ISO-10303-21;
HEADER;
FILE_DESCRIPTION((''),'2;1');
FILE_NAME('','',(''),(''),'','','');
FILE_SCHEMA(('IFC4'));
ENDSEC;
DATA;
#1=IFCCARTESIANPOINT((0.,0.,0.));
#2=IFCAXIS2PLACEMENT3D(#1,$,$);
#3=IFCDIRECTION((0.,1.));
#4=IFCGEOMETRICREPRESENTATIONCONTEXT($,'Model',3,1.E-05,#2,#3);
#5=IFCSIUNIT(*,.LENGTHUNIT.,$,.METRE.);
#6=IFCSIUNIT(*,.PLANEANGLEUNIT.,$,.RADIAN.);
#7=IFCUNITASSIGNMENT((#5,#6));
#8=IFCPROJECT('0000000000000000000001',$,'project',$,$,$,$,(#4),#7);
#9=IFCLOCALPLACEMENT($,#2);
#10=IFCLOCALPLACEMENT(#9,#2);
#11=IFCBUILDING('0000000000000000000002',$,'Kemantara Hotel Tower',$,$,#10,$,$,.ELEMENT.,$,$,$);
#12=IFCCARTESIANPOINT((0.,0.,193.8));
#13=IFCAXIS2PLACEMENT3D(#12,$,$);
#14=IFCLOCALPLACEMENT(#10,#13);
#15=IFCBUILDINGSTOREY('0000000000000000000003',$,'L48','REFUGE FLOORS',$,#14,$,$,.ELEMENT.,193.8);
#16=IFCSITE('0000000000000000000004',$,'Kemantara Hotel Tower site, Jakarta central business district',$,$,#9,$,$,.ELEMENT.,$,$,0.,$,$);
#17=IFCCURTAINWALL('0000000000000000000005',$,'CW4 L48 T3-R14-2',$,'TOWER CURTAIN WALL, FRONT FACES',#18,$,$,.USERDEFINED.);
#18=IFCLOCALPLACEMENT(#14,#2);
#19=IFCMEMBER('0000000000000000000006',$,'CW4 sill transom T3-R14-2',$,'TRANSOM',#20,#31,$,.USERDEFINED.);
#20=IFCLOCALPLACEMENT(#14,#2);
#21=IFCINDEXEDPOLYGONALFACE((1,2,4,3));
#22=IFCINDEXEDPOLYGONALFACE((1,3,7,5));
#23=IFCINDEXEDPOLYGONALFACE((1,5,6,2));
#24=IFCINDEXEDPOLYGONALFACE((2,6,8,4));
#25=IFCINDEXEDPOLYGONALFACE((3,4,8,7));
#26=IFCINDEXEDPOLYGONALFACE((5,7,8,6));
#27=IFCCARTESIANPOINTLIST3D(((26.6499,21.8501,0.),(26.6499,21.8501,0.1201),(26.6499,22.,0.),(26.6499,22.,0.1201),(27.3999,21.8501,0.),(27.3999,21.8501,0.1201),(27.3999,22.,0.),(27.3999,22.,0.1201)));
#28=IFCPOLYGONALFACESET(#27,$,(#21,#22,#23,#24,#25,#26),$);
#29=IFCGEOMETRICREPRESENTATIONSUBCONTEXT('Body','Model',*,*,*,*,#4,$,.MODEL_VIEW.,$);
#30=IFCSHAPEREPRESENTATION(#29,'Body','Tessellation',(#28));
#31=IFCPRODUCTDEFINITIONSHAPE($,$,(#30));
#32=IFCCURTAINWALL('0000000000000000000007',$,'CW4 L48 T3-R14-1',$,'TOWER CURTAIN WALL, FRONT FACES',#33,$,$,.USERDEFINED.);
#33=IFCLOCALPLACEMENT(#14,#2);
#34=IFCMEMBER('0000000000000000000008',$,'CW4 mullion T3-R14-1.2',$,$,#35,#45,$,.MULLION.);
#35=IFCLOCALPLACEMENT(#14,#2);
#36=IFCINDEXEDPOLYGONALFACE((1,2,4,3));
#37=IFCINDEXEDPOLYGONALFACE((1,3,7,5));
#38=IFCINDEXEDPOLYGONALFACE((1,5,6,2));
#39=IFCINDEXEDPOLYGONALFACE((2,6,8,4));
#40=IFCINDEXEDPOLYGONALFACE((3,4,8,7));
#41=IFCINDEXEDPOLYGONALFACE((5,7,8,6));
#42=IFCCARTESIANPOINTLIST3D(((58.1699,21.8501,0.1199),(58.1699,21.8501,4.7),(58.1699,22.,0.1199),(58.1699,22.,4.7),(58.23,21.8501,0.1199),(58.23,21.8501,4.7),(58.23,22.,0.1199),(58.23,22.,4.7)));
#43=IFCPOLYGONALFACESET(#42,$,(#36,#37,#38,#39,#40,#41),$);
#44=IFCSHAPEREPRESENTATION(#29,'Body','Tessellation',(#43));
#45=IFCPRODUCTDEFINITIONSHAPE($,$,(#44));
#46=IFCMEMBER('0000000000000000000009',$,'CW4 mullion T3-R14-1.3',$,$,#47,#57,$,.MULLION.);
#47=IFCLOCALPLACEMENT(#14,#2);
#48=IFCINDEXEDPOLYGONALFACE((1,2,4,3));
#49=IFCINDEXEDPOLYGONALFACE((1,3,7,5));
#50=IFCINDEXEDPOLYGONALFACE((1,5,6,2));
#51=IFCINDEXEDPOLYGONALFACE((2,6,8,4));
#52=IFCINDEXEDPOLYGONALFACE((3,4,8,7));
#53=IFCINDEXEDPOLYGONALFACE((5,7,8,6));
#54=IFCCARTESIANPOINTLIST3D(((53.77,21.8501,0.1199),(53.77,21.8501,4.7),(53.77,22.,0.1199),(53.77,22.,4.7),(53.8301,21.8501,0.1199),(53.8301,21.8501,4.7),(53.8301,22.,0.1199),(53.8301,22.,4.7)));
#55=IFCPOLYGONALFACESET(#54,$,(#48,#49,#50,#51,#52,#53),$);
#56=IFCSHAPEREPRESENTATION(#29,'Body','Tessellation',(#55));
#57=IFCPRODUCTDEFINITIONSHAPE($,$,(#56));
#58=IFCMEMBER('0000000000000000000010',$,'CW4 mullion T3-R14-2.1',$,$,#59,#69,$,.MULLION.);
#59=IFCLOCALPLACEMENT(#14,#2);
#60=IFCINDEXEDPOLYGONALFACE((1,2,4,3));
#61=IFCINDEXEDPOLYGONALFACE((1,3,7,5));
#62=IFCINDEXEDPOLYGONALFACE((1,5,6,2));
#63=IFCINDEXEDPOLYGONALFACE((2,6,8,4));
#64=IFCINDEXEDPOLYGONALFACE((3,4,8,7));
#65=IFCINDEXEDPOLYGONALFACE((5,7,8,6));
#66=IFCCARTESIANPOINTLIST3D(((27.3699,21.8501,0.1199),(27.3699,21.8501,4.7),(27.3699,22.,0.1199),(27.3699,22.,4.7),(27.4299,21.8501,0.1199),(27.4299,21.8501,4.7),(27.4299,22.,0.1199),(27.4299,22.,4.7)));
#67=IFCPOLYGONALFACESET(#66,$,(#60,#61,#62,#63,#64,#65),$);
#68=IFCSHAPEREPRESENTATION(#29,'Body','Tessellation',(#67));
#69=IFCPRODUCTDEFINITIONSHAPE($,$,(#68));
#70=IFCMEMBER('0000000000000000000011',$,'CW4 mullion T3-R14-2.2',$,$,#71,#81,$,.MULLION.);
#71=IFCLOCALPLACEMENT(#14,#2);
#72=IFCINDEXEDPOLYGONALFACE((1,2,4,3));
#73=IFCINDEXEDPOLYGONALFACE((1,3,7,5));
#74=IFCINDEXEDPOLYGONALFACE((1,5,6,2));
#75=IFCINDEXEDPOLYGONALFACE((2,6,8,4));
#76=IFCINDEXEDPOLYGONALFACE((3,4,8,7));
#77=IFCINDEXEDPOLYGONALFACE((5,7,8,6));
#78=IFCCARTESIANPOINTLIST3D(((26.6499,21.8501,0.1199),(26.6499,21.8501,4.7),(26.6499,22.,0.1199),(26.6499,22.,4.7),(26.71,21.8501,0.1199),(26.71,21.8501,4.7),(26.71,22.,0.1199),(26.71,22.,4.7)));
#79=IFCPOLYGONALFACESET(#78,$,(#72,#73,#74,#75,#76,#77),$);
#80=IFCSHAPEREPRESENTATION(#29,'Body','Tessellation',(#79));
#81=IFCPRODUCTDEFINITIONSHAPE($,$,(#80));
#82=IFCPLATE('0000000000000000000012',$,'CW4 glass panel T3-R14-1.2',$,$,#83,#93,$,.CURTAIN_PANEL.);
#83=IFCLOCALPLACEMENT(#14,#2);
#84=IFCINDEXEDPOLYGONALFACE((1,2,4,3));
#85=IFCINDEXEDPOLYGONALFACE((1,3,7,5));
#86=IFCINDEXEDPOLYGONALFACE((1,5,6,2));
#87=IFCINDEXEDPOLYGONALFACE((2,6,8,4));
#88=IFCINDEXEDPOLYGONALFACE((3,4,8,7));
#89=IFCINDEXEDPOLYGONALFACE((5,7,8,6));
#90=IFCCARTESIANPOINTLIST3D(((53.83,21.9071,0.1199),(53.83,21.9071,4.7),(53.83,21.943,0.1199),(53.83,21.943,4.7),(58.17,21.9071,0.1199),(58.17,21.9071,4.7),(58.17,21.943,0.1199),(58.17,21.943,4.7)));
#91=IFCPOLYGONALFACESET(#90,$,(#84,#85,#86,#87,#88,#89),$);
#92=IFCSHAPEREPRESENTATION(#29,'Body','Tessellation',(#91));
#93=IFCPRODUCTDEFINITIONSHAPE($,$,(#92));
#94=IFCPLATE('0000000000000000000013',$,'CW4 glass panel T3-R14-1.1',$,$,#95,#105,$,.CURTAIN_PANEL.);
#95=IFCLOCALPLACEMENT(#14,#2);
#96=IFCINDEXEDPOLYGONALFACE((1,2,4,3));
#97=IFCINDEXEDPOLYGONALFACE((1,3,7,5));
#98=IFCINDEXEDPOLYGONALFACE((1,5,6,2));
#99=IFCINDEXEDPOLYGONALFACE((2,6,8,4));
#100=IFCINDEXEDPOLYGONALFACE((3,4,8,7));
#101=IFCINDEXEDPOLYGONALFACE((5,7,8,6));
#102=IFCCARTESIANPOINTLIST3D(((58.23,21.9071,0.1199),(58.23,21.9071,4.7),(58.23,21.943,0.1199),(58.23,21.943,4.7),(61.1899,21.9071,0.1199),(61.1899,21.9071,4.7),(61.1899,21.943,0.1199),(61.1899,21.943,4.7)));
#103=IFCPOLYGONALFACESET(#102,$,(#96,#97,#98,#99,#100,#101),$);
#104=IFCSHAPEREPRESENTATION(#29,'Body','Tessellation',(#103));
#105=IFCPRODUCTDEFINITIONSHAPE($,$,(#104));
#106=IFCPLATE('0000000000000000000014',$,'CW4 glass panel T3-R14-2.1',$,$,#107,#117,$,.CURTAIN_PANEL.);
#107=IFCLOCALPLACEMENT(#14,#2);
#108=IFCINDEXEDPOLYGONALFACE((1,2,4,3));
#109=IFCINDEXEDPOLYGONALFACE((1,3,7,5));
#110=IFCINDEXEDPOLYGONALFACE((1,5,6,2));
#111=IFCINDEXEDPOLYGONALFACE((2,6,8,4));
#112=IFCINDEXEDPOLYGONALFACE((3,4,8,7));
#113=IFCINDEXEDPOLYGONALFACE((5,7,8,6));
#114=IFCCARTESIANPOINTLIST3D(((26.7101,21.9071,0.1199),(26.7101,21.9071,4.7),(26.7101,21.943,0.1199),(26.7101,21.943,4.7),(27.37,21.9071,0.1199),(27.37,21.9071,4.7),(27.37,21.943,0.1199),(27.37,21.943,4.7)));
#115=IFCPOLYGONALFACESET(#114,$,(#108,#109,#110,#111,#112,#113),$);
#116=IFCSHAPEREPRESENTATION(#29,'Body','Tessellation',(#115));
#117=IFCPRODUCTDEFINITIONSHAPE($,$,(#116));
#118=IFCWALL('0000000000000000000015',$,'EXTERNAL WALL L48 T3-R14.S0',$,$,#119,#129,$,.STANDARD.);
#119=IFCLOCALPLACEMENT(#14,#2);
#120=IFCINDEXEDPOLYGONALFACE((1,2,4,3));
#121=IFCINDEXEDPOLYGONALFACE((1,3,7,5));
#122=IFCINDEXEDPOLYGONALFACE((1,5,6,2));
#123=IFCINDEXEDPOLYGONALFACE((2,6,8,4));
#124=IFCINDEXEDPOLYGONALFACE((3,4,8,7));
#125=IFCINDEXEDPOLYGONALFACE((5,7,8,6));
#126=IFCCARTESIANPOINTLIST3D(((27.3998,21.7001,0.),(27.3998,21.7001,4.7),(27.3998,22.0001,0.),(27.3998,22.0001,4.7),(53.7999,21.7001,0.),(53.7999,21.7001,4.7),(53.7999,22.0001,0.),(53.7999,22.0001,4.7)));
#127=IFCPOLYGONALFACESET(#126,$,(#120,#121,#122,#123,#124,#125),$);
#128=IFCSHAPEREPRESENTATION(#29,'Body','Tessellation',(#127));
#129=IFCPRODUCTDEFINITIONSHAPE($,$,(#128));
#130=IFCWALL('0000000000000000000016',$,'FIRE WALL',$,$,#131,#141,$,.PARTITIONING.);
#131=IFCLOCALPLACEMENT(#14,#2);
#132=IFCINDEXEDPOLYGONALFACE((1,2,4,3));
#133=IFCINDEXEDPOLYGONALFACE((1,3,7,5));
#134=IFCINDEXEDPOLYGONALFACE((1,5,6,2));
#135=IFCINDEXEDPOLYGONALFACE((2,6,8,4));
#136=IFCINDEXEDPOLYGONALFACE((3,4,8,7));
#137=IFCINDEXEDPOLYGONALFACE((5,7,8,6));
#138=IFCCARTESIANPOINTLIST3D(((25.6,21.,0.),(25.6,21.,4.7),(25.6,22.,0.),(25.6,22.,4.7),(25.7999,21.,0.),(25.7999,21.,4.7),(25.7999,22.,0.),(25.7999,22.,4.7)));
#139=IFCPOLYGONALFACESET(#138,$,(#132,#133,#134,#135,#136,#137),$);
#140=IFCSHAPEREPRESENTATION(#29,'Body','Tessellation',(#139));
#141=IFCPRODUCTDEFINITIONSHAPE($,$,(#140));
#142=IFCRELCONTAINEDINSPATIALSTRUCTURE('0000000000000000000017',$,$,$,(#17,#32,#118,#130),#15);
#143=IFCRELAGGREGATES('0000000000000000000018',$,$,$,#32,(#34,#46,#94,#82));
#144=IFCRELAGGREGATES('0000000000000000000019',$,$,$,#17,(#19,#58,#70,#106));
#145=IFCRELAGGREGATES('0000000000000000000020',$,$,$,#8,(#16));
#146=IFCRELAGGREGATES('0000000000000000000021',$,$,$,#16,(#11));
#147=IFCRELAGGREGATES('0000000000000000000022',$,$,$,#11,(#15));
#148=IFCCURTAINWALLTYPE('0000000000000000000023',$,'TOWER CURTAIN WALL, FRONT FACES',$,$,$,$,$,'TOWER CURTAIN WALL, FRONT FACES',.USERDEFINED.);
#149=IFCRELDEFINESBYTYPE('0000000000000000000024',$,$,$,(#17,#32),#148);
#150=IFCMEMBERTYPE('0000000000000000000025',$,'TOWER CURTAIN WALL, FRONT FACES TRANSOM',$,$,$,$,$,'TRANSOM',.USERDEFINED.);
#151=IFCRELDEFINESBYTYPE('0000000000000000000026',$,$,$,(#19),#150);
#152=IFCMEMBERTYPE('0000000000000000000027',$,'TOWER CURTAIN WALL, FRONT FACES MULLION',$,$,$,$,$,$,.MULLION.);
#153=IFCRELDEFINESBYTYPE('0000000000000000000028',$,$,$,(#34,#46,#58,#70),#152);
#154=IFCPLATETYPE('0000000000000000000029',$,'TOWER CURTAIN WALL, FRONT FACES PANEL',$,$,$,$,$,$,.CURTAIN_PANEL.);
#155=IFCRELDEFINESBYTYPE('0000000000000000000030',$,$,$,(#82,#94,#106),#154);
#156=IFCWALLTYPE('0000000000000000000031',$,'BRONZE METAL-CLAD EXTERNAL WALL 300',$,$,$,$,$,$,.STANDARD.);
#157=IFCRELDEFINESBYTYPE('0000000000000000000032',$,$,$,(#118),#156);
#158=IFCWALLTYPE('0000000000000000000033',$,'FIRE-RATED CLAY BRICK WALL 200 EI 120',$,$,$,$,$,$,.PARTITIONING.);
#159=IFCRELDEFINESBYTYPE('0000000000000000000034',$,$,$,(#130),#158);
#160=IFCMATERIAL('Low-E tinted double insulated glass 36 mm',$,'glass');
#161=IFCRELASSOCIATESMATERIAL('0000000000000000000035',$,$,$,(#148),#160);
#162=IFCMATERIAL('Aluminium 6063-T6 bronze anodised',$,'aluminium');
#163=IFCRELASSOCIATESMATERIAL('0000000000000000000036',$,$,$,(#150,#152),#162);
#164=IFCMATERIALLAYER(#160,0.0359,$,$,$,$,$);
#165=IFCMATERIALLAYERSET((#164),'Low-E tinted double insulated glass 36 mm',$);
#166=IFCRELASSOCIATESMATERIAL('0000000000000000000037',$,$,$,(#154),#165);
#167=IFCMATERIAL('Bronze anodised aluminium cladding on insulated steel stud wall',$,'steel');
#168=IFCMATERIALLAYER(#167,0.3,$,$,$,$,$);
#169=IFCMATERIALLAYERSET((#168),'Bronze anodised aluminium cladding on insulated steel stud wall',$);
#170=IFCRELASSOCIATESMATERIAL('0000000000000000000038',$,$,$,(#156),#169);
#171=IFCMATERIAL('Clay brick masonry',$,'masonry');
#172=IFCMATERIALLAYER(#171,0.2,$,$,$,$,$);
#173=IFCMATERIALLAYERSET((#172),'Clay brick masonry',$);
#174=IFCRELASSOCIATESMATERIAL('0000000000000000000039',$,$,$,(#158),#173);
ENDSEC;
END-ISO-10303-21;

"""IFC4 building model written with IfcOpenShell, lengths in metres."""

from ifc_helpers import new_model, si_unit, direction, frame, frame_2d, origin, origin_2d, place, context, subcontext, project, spatial, rectangle, extrude, source, transform, mapped, material, layer, layer_set, material_profile, profile_set, type_object, element, aggregate, save


model = new_model("IFC4")

# Units and contexts
model_context = context("Model", 3, precision=1e-05, world=origin(), true_north=direction((0.0, 1.0)))
body_context = subcontext(model_context, "Body", "Model", "MODEL_VIEW")
ifc_project = project(units=[si_unit("LENGTHUNIT", "METRE"), si_unit("PLANEANGLEUNIT", "RADIAN")], contexts=[model_context])

# Site, building, storey
site_placement = place(None, origin())
site = spatial("IfcSite", under=ifc_project, at=site_placement, Name="Kemantara Hotel Tower site, Jakarta central business district", CompositionType="ELEMENT", RefElevation=0.0)
building_placement = place(site_placement, origin())
building = spatial("IfcBuilding", under=site, at=building_placement, Name="Kemantara Hotel Tower", CompositionType="ELEMENT")
storey_placement = place(building_placement, frame((0.0, 0.0, 193.8)))
storey = spatial("IfcBuildingStorey", under=building, at=storey_placement, Name="L48", Description="REFUGE FLOORS", CompositionType="ELEMENT", Elevation=193.8)

# Curtain wall, member
ifc_material_1 = material(Name="Low-E tinted double insulated glass 36 mm", Category="glass")
curtain_wall_type = type_object("IfcCurtainWallType", Name="TOWER CURTAIN WALL, FRONT FACES", ElementType="TOWER CURTAIN WALL, FRONT FACES", PredefinedType="USERDEFINED", material=ifc_material_1)
curtain_wall_1_placement = place(storey_placement, origin())
curtain_wall_1 = element("IfcCurtainWall", 1, at=curtain_wall_1_placement, inside=storey, type_object=curtain_wall_type, Name="CW4 L48 T3-R14-2", ObjectType="TOWER CURTAIN WALL, FRONT FACES", PredefinedType="USERDEFINED")
ifc_material_2 = material(Name="Aluminium 6063-T6 bronze anodised", Category="aluminium")
ifc_material_profile_1 = material_profile(ifc_material_2, rectangle(XDim=0.1499, YDim=0.1201, at=origin_2d()), Name="TOWER CURTAIN WALL, FRONT FACES TRANSOM")
ifc_profile_set_1 = profile_set([ifc_material_profile_1], Name="Aluminium 6063-T6 bronze anodised")
member_type_1 = type_object("IfcMemberType", Name="TOWER CURTAIN WALL, FRONT FACES TRANSOM", ElementType="TRANSOM", PredefinedType="USERDEFINED", material=ifc_profile_set_1)
member_1_placement = place(storey_placement, frame((27.3999, 21.925, 0.0601), z_axis=(-1.0, 0.0, 0.0), x_axis=(0.0, -1.0, 0.0)))
member_1 = element("IfcMember", 2, at=member_1_placement, type_object=member_type_1, Name="CW4 sill transom T3-R14-2", ObjectType="TRANSOM", PredefinedType="USERDEFINED", context=body_context, shape_type="SweptSolid", body=[
    extrude(rectangle(XDim=0.1499, YDim=0.1201, at=origin_2d()), origin(), (0.0, 0.0, 1.0), 0.75),
])

# Curtain wall, members
curtain_wall_2_placement = place(storey_placement, origin())
curtain_wall_2 = element("IfcCurtainWall", 3, at=curtain_wall_2_placement, inside=storey, type_object=curtain_wall_type, Name="CW4 L48 T3-R14-1", ObjectType="TOWER CURTAIN WALL, FRONT FACES", PredefinedType="USERDEFINED")
ifc_material_profile_2 = material_profile(ifc_material_2, rectangle(XDim=0.1499, YDim=0.0601, at=origin_2d()), Name="TOWER CURTAIN WALL, FRONT FACES MULLION")
ifc_profile_set_2 = profile_set([ifc_material_profile_2], Name="Aluminium 6063-T6 bronze anodised")
member_type_2 = type_object("IfcMemberType", Name="TOWER CURTAIN WALL, FRONT FACES MULLION", PredefinedType="MULLION", material=ifc_profile_set_2)
shared_shape_1 = source(origin(), body_context, "Body", "SweptSolid", [
    extrude(rectangle(XDim=0.1499, YDim=0.0601, at=origin_2d()), origin(), (0.0, 0.0, 1.0), 4.5801),
])
member_2_placement = place(storey_placement, frame((58.2, 21.925, 0.1199), z_axis=(0.0, 0.0, 1.0), x_axis=(0.0, -1.0, 0.0)))
member_2 = element("IfcMember", 4, at=member_2_placement, type_object=member_type_2, Name="CW4 mullion T3-R14-1.2", PredefinedType="MULLION", context=body_context, shape_type="MappedRepresentation", body=[
    mapped(shared_shape_1, transform((0.0, 0.0, 0.0))),
])
member_3_placement = place(storey_placement, frame((53.8, 21.925, 0.1199), z_axis=(0.0, 0.0, 1.0), x_axis=(0.0, -1.0, 0.0)))
member_3 = element("IfcMember", 5, at=member_3_placement, type_object=member_type_2, Name="CW4 mullion T3-R14-1.3", PredefinedType="MULLION", context=body_context, shape_type="MappedRepresentation", body=[
    mapped(shared_shape_1, transform((0.0, 0.0, 0.0))),
])

# Members
member_4_placement = place(storey_placement, frame((27.3999, 21.925, 0.1199), z_axis=(0.0, 0.0, 1.0), x_axis=(0.0, -1.0, 0.0)))
member_4 = element("IfcMember", 6, at=member_4_placement, type_object=member_type_2, Name="CW4 mullion T3-R14-2.1", PredefinedType="MULLION", context=body_context, shape_type="MappedRepresentation", body=[
    mapped(shared_shape_1, transform((0.0, 0.0, 0.0))),
])
member_5_placement = place(storey_placement, frame((26.6799, 21.925, 0.1199), z_axis=(0.0, 0.0, 1.0), x_axis=(0.0, -1.0, 0.0)))
member_5 = element("IfcMember", 7, at=member_5_placement, type_object=member_type_2, Name="CW4 mullion T3-R14-2.2", PredefinedType="MULLION", context=body_context, shape_type="MappedRepresentation", body=[
    mapped(shared_shape_1, transform((0.0, 0.0, 0.0))),
])

# Plates
ifc_layer_1 = layer(ifc_material_1, 0.0359)
ifc_layer_set_1 = layer_set([ifc_layer_1], Name="Low-E tinted double insulated glass 36 mm")
plate_type = type_object("IfcPlateType", Name="TOWER CURTAIN WALL, FRONT FACES PANEL", PredefinedType="CURTAIN_PANEL", material=ifc_layer_set_1)
shared_shape_2 = source(origin(), body_context, "Body", "SweptSolid", [
    extrude(rectangle(XDim=4.3401, YDim=0.0359, at=origin_2d()), origin(), (0.0, 0.0, 1.0), 4.5801),
])
plate_1_placement = place(storey_placement, frame((56.0, 21.925, 0.1199), z_axis=(0.0, 0.0, 1.0), x_axis=(-1.0, 0.0, 0.0)))
plate_1 = element("IfcPlate", 8, at=plate_1_placement, type_object=plate_type, Name="CW4 glass panel T3-R14-1.2", PredefinedType="CURTAIN_PANEL", context=body_context, shape_type="MappedRepresentation", body=[
    mapped(shared_shape_2, transform((0.0, 0.0, 0.0))),
])
shared_shape_3 = source(origin(), body_context, "Body", "SweptSolid", [
    extrude(rectangle(XDim=2.96, YDim=0.0359, at=origin_2d()), origin(), (0.0, 0.0, 1.0), 4.5801),
])
plate_2_placement = place(storey_placement, frame((59.71, 21.925, 0.1199), z_axis=(0.0, 0.0, 1.0), x_axis=(-1.0, 0.0, 0.0)))
plate_2 = element("IfcPlate", 9, at=plate_2_placement, type_object=plate_type, Name="CW4 glass panel T3-R14-1.1", PredefinedType="CURTAIN_PANEL", context=body_context, shape_type="MappedRepresentation", body=[
    mapped(shared_shape_3, transform((0.0, 0.0, 0.0))),
])
aggregate(curtain_wall_2, [member_2, member_3, plate_2, plate_1])
shared_shape_4 = source(origin(), body_context, "Body", "SweptSolid", [
    extrude(rectangle(XDim=0.6599, YDim=0.0359, at=origin_2d()), origin(), (0.0, 0.0, 1.0), 4.5801),
])
plate_3_placement = place(storey_placement, frame((27.04, 21.925, 0.1199), z_axis=(0.0, 0.0, 1.0), x_axis=(-1.0, 0.0, 0.0)))
plate_3 = element("IfcPlate", 10, at=plate_3_placement, type_object=plate_type, Name="CW4 glass panel T3-R14-2.1", PredefinedType="CURTAIN_PANEL", context=body_context, shape_type="MappedRepresentation", body=[
    mapped(shared_shape_4, transform((0.0, 0.0, 0.0))),
])
aggregate(curtain_wall_1, [member_1, member_4, member_5, plate_3])

# Walls
ifc_material_3 = material(Name="Bronze anodised aluminium cladding on insulated steel stud wall", Category="steel")
ifc_layer_2 = layer(ifc_material_3, 0.3)
ifc_layer_set_2 = layer_set([ifc_layer_2], Name="Bronze anodised aluminium cladding on insulated steel stud wall")
wall_type_1 = type_object("IfcWallType", Name="BRONZE METAL-CLAD EXTERNAL WALL 300", PredefinedType="STANDARD", material=ifc_layer_set_2)
wall_1_placement = place(storey_placement, frame((53.8, 21.8501, 0.0), z_axis=(0.0, 0.0, 1.0), x_axis=(-1.0, 0.0, 0.0)))
element("IfcWall", 11, at=wall_1_placement, inside=storey, type_object=wall_type_1, Name="EXTERNAL WALL L48 T3-R14.S0", PredefinedType="STANDARD", context=body_context, shape_type="SweptSolid", body=[
    extrude(rectangle(XDim=26.4001, YDim=0.3, at=frame_2d((13.2002, 0.0))), origin(), (0.0, 0.0, 1.0), 4.7),
])
ifc_material_4 = material(Name="Clay brick masonry", Category="masonry")
ifc_layer_3 = layer(ifc_material_4, 0.2)
ifc_layer_set_3 = layer_set([ifc_layer_3], Name="Clay brick masonry")
wall_type_2 = type_object("IfcWallType", Name="FIRE-RATED CLAY BRICK WALL 200 EI 120", PredefinedType="PARTITIONING", material=ifc_layer_set_3)
wall_2_placement = place(storey_placement, frame((25.7, 21.0, 0.0), z_axis=(0.0, 0.0, 1.0), x_axis=(0.0, 1.0, 0.0)))
element("IfcWall", 12, at=wall_2_placement, inside=storey, type_object=wall_type_2, Name="FIRE WALL", PredefinedType="PARTITIONING", context=body_context, shape_type="SweptSolid", body=[
    extrude(rectangle(XDim=1.0, YDim=0.2, at=frame_2d((0.5, 0.0))), origin(), (0.0, 0.0, 1.0), 4.7),
])

save(model, "model.ifc")
